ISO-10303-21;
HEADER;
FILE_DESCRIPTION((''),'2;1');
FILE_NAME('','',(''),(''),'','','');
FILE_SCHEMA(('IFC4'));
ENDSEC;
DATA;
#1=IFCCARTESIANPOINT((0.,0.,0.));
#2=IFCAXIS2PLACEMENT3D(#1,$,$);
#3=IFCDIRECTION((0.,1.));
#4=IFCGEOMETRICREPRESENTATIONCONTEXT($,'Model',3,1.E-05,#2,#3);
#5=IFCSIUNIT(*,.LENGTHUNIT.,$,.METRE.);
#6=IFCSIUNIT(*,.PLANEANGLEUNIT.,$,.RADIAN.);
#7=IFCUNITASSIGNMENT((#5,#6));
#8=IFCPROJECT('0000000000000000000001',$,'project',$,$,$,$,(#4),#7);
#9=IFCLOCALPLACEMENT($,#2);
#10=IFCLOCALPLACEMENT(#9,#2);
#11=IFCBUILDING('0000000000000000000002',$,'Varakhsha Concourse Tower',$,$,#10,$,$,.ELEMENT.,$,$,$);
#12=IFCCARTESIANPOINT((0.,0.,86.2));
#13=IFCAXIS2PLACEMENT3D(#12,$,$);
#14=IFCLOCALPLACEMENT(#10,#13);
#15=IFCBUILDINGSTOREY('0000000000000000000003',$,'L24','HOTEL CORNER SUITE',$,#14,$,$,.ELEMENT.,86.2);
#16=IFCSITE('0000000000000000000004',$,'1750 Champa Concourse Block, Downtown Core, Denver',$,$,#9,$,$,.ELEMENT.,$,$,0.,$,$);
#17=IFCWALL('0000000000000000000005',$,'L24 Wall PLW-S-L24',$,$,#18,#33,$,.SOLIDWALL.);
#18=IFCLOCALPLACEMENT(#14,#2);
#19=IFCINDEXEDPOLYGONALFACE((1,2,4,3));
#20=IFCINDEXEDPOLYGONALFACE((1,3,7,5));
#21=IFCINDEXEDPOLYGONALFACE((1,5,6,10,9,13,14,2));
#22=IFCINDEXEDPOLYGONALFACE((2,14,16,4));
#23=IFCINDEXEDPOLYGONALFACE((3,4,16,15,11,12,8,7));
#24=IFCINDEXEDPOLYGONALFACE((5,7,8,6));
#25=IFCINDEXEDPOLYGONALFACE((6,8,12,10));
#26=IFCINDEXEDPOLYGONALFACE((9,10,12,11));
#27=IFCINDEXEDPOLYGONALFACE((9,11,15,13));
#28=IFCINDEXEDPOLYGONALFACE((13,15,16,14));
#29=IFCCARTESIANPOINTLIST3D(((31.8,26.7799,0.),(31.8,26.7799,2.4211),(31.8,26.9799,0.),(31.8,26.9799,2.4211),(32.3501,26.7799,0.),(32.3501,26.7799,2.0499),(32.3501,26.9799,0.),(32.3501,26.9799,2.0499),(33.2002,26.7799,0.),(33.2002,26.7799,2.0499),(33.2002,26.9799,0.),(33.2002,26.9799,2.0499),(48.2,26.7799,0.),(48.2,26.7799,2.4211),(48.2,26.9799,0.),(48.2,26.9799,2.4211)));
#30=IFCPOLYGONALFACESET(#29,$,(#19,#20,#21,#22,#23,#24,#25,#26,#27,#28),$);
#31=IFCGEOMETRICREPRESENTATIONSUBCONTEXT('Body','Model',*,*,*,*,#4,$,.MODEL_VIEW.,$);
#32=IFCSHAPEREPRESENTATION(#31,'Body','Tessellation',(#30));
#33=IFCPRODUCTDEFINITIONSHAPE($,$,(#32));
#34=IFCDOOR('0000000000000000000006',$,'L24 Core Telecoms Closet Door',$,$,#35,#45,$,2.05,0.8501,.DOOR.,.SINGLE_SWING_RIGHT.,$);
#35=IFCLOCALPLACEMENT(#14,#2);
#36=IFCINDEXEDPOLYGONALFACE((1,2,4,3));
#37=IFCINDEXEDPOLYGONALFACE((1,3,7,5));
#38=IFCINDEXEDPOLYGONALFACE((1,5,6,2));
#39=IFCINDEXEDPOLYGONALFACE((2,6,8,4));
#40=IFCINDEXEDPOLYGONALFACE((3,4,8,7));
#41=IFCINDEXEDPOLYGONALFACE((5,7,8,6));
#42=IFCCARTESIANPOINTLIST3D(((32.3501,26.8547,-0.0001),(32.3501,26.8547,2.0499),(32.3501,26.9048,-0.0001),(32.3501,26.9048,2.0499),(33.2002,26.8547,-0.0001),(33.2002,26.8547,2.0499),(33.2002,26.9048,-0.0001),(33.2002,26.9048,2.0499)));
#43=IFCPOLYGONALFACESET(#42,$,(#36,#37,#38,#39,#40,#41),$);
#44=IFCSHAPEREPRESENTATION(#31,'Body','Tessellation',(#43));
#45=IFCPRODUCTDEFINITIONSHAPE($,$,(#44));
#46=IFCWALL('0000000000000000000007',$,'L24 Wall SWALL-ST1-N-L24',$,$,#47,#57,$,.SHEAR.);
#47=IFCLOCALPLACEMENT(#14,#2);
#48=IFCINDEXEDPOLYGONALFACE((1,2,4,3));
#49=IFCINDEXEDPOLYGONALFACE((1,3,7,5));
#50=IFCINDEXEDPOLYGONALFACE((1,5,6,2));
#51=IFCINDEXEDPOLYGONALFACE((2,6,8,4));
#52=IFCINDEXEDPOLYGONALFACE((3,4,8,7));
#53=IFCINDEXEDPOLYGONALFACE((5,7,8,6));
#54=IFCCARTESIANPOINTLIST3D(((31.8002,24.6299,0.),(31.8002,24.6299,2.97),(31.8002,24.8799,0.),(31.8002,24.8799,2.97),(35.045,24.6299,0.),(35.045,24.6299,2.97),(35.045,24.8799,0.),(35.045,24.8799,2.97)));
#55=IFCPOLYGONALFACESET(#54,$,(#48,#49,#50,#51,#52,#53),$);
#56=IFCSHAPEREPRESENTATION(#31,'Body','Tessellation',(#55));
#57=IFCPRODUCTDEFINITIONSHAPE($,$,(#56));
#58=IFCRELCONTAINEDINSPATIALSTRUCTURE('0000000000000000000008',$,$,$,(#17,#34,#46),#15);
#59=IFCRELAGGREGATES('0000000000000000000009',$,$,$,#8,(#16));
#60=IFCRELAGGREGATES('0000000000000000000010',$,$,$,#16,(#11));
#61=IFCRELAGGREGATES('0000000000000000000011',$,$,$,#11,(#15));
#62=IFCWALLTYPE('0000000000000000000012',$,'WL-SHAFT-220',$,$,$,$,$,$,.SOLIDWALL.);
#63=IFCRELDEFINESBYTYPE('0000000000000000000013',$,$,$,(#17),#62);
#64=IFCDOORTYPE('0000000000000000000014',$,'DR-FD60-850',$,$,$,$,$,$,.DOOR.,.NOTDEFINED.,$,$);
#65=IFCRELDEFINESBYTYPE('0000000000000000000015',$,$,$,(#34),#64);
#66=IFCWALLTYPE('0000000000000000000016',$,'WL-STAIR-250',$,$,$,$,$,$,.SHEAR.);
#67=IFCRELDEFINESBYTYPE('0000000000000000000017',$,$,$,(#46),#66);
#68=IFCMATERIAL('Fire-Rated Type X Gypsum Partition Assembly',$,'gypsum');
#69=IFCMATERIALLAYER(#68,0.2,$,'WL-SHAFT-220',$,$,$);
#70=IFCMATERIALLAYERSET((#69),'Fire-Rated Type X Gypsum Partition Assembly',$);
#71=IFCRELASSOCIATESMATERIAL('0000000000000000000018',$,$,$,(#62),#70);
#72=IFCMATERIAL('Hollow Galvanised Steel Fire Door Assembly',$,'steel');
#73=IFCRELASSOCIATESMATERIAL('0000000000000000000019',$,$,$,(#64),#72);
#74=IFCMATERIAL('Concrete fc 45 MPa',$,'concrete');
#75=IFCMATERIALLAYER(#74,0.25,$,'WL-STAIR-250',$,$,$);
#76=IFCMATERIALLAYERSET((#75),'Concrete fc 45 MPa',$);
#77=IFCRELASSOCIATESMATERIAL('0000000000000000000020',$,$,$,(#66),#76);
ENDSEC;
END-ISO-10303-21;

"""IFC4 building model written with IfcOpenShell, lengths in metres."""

from ifc_helpers import new_model, si_unit, direction, frame, frame_2d, origin, place, context, subcontext, project, spatial, rectangle, extrude, material, layer, layer_set, type_object, element, fill, save


model = new_model("IFC4")

# Units and contexts
model_context = context("Model", 3, precision=1e-05, world=origin(), true_north=direction((0.0, 1.0)))
body_context = subcontext(model_context, "Body", "Model", "MODEL_VIEW")
ifc_project = project(units=[si_unit("LENGTHUNIT", "METRE"), si_unit("PLANEANGLEUNIT", "RADIAN")], contexts=[model_context])

# Site, building, storey
site_placement = place(None, origin())
site = spatial("IfcSite", under=ifc_project, at=site_placement, Name="1750 Champa Concourse Block, Downtown Core, Denver", CompositionType="ELEMENT", RefElevation=0.0)
building_placement = place(site_placement, origin())
building = spatial("IfcBuilding", under=site, at=building_placement, Name="Varakhsha Concourse Tower", CompositionType="ELEMENT")
storey_placement = place(building_placement, frame((0.0, 0.0, 86.2)))
storey = spatial("IfcBuildingStorey", under=building, at=storey_placement, Name="L24", Description="HOTEL CORNER SUITE", CompositionType="ELEMENT", Elevation=86.2)

# Shared definitions
ifc_material_1 = material(Name="Fire-Rated Type X Gypsum Partition Assembly", Category="gypsum")

# Wall, opening, door
ifc_layer_1 = layer(ifc_material_1, 0.2, Name="WL-SHAFT-220")
ifc_layer_set_1 = layer_set([ifc_layer_1], Name="Fire-Rated Type X Gypsum Partition Assembly")
wall_type_1 = type_object("IfcWallType", Name="WL-SHAFT-220", PredefinedType="SOLIDWALL", material=ifc_layer_set_1)
wall_1_placement = place(storey_placement, frame((31.8, 26.8799, 0.0), z_axis=(0.0, 0.0, 1.0), x_axis=(1.0, 0.0, 0.0)))
wall_1 = element("IfcWall", 1, at=wall_1_placement, inside=storey, type_object=wall_type_1, Name="L24 Wall PLW-S-L24", PredefinedType="SOLIDWALL", context=body_context, shape_type="SweptSolid", body=[
    extrude(rectangle(XDim=16.3999, YDim=0.2, at=frame_2d((8.2, 0.0))), origin(), (0.0, 0.0, 1.0), 2.4211),
])
opening_1_placement = place(wall_1_placement, frame((0.55, 0.0, 0.0)))
opening_1 = element("IfcOpeningElement", 2, at=opening_1_placement, cuts=wall_1, PredefinedType="OPENING", context=body_context, shape_type="SweptSolid", body=[
    extrude(rectangle(XDim=0.8501, YDim=2.05, at=frame_2d((0.425, 1.0249))), frame((0.0, 0.1099, 0.0), z_axis=(0.0, -1.0, 0.0), x_axis=(1.0, 0.0, 0.0)), (0.0, 0.0, 1.0), 0.22),
])
ifc_material_2 = material(Name="Hollow Galvanised Steel Fire Door Assembly", Category="steel")
door_type_1 = type_object("IfcDoorType", Name="DR-FD60-850", OperationType="NOTDEFINED", PredefinedType="DOOR", material=ifc_material_2)
door_1_placement = place(opening_1_placement, origin())
door_1 = element("IfcDoor", 3, at=door_1_placement, inside=storey, type_object=door_type_1, Name="L24 Core Telecoms Closet Door", OperationType="SINGLE_SWING_RIGHT", OverallHeight=2.05, OverallWidth=0.8501, PredefinedType="DOOR", context=body_context, shape_type="SweptSolid", body=[
    extrude(rectangle(XDim=0.8501, YDim=2.05, at=frame_2d((0.425, 1.0249))), frame((0.0, 0.0249, 0.0), z_axis=(0.0, -1.0, 0.0), x_axis=(1.0, 0.0, 0.0)), (0.0, 0.0, 1.0), 0.05),
])
fill(opening_1, door_1)

# Wall
ifc_material_3 = material(Name="Concrete fc 45 MPa", Category="concrete")
ifc_layer_2 = layer(ifc_material_3, 0.25, Name="WL-STAIR-250")
ifc_layer_set_2 = layer_set([ifc_layer_2], Name="Concrete fc 45 MPa")
wall_type_2 = type_object("IfcWallType", Name="WL-STAIR-250", PredefinedType="SHEAR", material=ifc_layer_set_2)
wall_2_placement = place(storey_placement, frame((31.8, 24.7549, 0.0), z_axis=(0.0, 0.0, 1.0), x_axis=(1.0, 0.0, 0.0)))
element("IfcWall", 4, at=wall_2_placement, inside=storey, type_object=wall_type_2, Name="L24 Wall SWALL-ST1-N-L24", PredefinedType="SHEAR", context=body_context, shape_type="SweptSolid", body=[
    extrude(rectangle(XDim=3.2449, YDim=0.25, at=frame_2d((1.6226, 0.0))), origin(), (0.0, 0.0, 1.0), 2.97),
])

save(model, "model.ifc")
